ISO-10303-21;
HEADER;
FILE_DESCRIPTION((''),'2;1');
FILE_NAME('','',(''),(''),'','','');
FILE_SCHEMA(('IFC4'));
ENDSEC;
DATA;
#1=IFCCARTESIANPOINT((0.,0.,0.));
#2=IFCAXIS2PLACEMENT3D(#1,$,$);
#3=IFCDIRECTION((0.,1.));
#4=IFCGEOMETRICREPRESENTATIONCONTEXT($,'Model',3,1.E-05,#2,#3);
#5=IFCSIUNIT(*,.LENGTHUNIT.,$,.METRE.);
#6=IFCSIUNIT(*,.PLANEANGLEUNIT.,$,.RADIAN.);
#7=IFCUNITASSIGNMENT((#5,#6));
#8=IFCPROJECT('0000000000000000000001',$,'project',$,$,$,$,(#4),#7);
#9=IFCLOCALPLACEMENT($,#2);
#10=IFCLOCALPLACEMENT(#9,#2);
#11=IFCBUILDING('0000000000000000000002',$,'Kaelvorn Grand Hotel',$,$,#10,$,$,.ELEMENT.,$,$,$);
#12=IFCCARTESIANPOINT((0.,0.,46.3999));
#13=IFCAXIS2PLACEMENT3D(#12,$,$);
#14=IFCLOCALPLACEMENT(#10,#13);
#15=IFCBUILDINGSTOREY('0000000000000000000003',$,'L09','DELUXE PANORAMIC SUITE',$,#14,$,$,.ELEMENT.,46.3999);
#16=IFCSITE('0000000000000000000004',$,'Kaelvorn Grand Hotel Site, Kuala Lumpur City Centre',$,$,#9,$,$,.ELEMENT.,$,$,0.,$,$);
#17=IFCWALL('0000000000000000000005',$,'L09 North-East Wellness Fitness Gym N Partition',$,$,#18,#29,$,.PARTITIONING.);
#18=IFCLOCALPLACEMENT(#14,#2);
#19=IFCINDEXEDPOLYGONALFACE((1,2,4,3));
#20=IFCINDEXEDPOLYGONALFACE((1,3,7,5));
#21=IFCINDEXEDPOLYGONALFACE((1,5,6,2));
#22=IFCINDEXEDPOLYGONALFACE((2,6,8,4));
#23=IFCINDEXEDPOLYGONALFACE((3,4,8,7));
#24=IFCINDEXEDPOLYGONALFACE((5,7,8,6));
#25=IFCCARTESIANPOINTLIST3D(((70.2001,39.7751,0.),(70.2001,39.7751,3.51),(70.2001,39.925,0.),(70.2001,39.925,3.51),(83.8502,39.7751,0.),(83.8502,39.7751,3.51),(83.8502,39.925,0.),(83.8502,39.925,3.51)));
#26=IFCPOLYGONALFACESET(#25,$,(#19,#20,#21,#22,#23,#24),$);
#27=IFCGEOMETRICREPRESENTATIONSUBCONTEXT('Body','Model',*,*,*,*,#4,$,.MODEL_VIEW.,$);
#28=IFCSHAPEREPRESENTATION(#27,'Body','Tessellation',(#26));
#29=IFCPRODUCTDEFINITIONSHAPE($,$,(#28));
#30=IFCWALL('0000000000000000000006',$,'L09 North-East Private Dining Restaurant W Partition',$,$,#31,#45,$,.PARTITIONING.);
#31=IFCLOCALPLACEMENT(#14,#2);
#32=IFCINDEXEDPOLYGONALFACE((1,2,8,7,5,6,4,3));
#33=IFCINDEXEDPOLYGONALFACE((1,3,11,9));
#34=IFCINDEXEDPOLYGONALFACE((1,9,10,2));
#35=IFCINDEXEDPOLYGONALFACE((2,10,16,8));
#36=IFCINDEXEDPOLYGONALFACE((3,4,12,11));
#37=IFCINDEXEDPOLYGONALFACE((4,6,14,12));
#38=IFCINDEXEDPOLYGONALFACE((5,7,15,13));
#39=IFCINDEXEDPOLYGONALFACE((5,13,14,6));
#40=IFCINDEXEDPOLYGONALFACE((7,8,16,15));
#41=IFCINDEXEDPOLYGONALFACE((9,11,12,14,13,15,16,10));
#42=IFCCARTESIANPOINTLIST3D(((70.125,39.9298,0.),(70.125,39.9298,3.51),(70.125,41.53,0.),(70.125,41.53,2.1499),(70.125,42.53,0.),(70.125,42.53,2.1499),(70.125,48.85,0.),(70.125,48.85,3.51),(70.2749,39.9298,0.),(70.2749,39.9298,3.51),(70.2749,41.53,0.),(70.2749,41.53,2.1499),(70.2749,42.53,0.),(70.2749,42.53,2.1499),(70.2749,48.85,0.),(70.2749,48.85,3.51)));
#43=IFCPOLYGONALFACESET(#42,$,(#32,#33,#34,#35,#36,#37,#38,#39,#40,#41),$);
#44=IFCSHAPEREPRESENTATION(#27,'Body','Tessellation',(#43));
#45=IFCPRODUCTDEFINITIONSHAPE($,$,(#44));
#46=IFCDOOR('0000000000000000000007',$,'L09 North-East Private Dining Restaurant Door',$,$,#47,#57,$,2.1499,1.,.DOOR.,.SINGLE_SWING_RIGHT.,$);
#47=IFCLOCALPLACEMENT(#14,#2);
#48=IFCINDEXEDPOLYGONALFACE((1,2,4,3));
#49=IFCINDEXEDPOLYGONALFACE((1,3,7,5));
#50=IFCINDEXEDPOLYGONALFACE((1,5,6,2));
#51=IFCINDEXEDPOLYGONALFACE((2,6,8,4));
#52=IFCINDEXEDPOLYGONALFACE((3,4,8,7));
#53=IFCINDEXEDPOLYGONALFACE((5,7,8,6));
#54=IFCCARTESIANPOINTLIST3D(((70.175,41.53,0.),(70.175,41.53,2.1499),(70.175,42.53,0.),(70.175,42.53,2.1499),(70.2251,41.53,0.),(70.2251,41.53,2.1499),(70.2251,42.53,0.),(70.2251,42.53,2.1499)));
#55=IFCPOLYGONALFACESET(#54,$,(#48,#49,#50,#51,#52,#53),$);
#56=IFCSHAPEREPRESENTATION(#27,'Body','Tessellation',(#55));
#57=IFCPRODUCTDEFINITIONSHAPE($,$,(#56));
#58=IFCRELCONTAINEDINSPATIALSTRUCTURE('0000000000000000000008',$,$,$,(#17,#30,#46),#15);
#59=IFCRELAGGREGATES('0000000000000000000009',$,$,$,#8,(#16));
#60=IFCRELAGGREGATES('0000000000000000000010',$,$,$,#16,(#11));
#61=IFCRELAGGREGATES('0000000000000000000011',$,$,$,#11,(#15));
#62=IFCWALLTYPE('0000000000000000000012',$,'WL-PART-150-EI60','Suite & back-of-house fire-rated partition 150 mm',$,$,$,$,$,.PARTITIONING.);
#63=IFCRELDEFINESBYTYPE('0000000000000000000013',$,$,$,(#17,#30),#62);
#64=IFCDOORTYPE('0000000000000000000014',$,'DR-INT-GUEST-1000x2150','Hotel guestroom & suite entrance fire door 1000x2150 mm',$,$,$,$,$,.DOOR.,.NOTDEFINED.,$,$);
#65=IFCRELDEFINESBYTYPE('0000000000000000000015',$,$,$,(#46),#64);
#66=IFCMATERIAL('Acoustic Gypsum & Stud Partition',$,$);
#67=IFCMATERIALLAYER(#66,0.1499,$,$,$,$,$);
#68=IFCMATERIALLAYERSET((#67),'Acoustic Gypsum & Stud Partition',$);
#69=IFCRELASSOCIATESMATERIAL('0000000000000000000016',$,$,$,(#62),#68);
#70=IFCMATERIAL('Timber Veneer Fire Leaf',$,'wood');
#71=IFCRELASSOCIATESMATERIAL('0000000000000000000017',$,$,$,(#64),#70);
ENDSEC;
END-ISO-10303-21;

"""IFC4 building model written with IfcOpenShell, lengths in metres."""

from ifc_helpers import new_model, si_unit, direction, frame, frame_2d, origin, place, context, subcontext, project, spatial, rectangle, extrude, material, layer, layer_set, type_object, element, fill, save


model = new_model("IFC4")

# Units and contexts
model_context = context("Model", 3, precision=1e-05, world=origin(), true_north=direction((0.0, 1.0)))
body_context = subcontext(model_context, "Body", "Model", "MODEL_VIEW")
ifc_project = project(units=[si_unit("LENGTHUNIT", "METRE"), si_unit("PLANEANGLEUNIT", "RADIAN")], contexts=[model_context])

# Site, building, storey
site_placement = place(None, origin())
site = spatial("IfcSite", under=ifc_project, at=site_placement, Name="Kaelvorn Grand Hotel Site, Kuala Lumpur City Centre", CompositionType="ELEMENT", RefElevation=0.0)
building_placement = place(site_placement, origin())
building = spatial("IfcBuilding", under=site, at=building_placement, Name="Kaelvorn Grand Hotel", CompositionType="ELEMENT")
storey_placement = place(building_placement, frame((0.0, 0.0, 46.3999)))
storey = spatial("IfcBuildingStorey", under=building, at=storey_placement, Name="L09", Description="DELUXE PANORAMIC SUITE", CompositionType="ELEMENT", Elevation=46.3999)

# Wall
ifc_material_1 = material(Name="Acoustic Gypsum & Stud Partition")
ifc_layer_1 = layer(ifc_material_1, 0.1499)
ifc_layer_set_1 = layer_set([ifc_layer_1], Name="Acoustic Gypsum & Stud Partition")
wall_type_1 = type_object("IfcWallType", Name="WL-PART-150-EI60", Description="Suite & back-of-house fire-rated partition 150 mm", PredefinedType="PARTITIONING", material=ifc_layer_set_1)
wall_1_placement = place(storey_placement, frame((70.2, 39.8501, 0.0), z_axis=(0.0, 0.0, 1.0), x_axis=(1.0, 0.0, 0.0)))
element("IfcWall", 1, at=wall_1_placement, inside=storey, type_object=wall_type_1, Name="L09 North-East Wellness Fitness Gym N Partition", PredefinedType="PARTITIONING", context=body_context, shape_type="SweptSolid", body=[
    extrude(rectangle(XDim=13.6501, YDim=0.1499, at=frame_2d((6.8252, 0.0))), origin(), (0.0, 0.0, 1.0), 3.51),
])

# Wall, opening, door
wall_2_placement = place(storey_placement, frame((70.2, 39.9299, 0.0), z_axis=(0.0, 0.0, 1.0), x_axis=(0.0, 1.0, 0.0)))
wall_2 = element("IfcWall", 2, at=wall_2_placement, inside=storey, type_object=wall_type_1, Name="L09 North-East Private Dining Restaurant W Partition", PredefinedType="PARTITIONING", context=body_context, shape_type="SweptSolid", body=[
    extrude(rectangle(XDim=8.9202, YDim=0.1499, at=frame_2d((4.46, 0.0))), origin(), (0.0, 0.0, 1.0), 3.51),
])
opening_1_placement = place(wall_2_placement, frame((1.6001, 0.0, 0.0)))
opening_1 = element("IfcOpeningElement", 3, at=opening_1_placement, cuts=wall_2, PredefinedType="OPENING", context=body_context, shape_type="SweptSolid", body=[
    extrude(rectangle(XDim=1.0, YDim=2.1499, at=frame_2d((0.5, 1.075))), frame((0.0, 0.085, 0.0), z_axis=(0.0, -1.0, 0.0), x_axis=(1.0, 0.0, 0.0)), (0.0, 0.0, 1.0), 0.1699),
])
ifc_material_2 = material(Name="Timber Veneer Fire Leaf", Category="wood")
door_type = type_object("IfcDoorType", Name="DR-INT-GUEST-1000x2150", Description="Hotel guestroom & suite entrance fire door 1000x2150 mm", OperationType="NOTDEFINED", PredefinedType="DOOR", material=ifc_material_2)
door_placement = place(opening_1_placement, origin())
door = element("IfcDoor", 4, at=door_placement, inside=storey, type_object=door_type, Name="L09 North-East Private Dining Restaurant Door", OperationType="SINGLE_SWING_RIGHT", OverallHeight=2.1499, OverallWidth=1.0, PredefinedType="DOOR", context=body_context, shape_type="SweptSolid", body=[
    extrude(rectangle(XDim=1.0, YDim=2.1499, at=frame_2d((0.5, 1.075))), frame((0.0, 0.0249, 0.0), z_axis=(0.0, -1.0, 0.0), x_axis=(1.0, 0.0, 0.0)), (0.0, 0.0, 1.0), 0.05),
])
fill(opening_1, door)

save(model, "model.ifc")
